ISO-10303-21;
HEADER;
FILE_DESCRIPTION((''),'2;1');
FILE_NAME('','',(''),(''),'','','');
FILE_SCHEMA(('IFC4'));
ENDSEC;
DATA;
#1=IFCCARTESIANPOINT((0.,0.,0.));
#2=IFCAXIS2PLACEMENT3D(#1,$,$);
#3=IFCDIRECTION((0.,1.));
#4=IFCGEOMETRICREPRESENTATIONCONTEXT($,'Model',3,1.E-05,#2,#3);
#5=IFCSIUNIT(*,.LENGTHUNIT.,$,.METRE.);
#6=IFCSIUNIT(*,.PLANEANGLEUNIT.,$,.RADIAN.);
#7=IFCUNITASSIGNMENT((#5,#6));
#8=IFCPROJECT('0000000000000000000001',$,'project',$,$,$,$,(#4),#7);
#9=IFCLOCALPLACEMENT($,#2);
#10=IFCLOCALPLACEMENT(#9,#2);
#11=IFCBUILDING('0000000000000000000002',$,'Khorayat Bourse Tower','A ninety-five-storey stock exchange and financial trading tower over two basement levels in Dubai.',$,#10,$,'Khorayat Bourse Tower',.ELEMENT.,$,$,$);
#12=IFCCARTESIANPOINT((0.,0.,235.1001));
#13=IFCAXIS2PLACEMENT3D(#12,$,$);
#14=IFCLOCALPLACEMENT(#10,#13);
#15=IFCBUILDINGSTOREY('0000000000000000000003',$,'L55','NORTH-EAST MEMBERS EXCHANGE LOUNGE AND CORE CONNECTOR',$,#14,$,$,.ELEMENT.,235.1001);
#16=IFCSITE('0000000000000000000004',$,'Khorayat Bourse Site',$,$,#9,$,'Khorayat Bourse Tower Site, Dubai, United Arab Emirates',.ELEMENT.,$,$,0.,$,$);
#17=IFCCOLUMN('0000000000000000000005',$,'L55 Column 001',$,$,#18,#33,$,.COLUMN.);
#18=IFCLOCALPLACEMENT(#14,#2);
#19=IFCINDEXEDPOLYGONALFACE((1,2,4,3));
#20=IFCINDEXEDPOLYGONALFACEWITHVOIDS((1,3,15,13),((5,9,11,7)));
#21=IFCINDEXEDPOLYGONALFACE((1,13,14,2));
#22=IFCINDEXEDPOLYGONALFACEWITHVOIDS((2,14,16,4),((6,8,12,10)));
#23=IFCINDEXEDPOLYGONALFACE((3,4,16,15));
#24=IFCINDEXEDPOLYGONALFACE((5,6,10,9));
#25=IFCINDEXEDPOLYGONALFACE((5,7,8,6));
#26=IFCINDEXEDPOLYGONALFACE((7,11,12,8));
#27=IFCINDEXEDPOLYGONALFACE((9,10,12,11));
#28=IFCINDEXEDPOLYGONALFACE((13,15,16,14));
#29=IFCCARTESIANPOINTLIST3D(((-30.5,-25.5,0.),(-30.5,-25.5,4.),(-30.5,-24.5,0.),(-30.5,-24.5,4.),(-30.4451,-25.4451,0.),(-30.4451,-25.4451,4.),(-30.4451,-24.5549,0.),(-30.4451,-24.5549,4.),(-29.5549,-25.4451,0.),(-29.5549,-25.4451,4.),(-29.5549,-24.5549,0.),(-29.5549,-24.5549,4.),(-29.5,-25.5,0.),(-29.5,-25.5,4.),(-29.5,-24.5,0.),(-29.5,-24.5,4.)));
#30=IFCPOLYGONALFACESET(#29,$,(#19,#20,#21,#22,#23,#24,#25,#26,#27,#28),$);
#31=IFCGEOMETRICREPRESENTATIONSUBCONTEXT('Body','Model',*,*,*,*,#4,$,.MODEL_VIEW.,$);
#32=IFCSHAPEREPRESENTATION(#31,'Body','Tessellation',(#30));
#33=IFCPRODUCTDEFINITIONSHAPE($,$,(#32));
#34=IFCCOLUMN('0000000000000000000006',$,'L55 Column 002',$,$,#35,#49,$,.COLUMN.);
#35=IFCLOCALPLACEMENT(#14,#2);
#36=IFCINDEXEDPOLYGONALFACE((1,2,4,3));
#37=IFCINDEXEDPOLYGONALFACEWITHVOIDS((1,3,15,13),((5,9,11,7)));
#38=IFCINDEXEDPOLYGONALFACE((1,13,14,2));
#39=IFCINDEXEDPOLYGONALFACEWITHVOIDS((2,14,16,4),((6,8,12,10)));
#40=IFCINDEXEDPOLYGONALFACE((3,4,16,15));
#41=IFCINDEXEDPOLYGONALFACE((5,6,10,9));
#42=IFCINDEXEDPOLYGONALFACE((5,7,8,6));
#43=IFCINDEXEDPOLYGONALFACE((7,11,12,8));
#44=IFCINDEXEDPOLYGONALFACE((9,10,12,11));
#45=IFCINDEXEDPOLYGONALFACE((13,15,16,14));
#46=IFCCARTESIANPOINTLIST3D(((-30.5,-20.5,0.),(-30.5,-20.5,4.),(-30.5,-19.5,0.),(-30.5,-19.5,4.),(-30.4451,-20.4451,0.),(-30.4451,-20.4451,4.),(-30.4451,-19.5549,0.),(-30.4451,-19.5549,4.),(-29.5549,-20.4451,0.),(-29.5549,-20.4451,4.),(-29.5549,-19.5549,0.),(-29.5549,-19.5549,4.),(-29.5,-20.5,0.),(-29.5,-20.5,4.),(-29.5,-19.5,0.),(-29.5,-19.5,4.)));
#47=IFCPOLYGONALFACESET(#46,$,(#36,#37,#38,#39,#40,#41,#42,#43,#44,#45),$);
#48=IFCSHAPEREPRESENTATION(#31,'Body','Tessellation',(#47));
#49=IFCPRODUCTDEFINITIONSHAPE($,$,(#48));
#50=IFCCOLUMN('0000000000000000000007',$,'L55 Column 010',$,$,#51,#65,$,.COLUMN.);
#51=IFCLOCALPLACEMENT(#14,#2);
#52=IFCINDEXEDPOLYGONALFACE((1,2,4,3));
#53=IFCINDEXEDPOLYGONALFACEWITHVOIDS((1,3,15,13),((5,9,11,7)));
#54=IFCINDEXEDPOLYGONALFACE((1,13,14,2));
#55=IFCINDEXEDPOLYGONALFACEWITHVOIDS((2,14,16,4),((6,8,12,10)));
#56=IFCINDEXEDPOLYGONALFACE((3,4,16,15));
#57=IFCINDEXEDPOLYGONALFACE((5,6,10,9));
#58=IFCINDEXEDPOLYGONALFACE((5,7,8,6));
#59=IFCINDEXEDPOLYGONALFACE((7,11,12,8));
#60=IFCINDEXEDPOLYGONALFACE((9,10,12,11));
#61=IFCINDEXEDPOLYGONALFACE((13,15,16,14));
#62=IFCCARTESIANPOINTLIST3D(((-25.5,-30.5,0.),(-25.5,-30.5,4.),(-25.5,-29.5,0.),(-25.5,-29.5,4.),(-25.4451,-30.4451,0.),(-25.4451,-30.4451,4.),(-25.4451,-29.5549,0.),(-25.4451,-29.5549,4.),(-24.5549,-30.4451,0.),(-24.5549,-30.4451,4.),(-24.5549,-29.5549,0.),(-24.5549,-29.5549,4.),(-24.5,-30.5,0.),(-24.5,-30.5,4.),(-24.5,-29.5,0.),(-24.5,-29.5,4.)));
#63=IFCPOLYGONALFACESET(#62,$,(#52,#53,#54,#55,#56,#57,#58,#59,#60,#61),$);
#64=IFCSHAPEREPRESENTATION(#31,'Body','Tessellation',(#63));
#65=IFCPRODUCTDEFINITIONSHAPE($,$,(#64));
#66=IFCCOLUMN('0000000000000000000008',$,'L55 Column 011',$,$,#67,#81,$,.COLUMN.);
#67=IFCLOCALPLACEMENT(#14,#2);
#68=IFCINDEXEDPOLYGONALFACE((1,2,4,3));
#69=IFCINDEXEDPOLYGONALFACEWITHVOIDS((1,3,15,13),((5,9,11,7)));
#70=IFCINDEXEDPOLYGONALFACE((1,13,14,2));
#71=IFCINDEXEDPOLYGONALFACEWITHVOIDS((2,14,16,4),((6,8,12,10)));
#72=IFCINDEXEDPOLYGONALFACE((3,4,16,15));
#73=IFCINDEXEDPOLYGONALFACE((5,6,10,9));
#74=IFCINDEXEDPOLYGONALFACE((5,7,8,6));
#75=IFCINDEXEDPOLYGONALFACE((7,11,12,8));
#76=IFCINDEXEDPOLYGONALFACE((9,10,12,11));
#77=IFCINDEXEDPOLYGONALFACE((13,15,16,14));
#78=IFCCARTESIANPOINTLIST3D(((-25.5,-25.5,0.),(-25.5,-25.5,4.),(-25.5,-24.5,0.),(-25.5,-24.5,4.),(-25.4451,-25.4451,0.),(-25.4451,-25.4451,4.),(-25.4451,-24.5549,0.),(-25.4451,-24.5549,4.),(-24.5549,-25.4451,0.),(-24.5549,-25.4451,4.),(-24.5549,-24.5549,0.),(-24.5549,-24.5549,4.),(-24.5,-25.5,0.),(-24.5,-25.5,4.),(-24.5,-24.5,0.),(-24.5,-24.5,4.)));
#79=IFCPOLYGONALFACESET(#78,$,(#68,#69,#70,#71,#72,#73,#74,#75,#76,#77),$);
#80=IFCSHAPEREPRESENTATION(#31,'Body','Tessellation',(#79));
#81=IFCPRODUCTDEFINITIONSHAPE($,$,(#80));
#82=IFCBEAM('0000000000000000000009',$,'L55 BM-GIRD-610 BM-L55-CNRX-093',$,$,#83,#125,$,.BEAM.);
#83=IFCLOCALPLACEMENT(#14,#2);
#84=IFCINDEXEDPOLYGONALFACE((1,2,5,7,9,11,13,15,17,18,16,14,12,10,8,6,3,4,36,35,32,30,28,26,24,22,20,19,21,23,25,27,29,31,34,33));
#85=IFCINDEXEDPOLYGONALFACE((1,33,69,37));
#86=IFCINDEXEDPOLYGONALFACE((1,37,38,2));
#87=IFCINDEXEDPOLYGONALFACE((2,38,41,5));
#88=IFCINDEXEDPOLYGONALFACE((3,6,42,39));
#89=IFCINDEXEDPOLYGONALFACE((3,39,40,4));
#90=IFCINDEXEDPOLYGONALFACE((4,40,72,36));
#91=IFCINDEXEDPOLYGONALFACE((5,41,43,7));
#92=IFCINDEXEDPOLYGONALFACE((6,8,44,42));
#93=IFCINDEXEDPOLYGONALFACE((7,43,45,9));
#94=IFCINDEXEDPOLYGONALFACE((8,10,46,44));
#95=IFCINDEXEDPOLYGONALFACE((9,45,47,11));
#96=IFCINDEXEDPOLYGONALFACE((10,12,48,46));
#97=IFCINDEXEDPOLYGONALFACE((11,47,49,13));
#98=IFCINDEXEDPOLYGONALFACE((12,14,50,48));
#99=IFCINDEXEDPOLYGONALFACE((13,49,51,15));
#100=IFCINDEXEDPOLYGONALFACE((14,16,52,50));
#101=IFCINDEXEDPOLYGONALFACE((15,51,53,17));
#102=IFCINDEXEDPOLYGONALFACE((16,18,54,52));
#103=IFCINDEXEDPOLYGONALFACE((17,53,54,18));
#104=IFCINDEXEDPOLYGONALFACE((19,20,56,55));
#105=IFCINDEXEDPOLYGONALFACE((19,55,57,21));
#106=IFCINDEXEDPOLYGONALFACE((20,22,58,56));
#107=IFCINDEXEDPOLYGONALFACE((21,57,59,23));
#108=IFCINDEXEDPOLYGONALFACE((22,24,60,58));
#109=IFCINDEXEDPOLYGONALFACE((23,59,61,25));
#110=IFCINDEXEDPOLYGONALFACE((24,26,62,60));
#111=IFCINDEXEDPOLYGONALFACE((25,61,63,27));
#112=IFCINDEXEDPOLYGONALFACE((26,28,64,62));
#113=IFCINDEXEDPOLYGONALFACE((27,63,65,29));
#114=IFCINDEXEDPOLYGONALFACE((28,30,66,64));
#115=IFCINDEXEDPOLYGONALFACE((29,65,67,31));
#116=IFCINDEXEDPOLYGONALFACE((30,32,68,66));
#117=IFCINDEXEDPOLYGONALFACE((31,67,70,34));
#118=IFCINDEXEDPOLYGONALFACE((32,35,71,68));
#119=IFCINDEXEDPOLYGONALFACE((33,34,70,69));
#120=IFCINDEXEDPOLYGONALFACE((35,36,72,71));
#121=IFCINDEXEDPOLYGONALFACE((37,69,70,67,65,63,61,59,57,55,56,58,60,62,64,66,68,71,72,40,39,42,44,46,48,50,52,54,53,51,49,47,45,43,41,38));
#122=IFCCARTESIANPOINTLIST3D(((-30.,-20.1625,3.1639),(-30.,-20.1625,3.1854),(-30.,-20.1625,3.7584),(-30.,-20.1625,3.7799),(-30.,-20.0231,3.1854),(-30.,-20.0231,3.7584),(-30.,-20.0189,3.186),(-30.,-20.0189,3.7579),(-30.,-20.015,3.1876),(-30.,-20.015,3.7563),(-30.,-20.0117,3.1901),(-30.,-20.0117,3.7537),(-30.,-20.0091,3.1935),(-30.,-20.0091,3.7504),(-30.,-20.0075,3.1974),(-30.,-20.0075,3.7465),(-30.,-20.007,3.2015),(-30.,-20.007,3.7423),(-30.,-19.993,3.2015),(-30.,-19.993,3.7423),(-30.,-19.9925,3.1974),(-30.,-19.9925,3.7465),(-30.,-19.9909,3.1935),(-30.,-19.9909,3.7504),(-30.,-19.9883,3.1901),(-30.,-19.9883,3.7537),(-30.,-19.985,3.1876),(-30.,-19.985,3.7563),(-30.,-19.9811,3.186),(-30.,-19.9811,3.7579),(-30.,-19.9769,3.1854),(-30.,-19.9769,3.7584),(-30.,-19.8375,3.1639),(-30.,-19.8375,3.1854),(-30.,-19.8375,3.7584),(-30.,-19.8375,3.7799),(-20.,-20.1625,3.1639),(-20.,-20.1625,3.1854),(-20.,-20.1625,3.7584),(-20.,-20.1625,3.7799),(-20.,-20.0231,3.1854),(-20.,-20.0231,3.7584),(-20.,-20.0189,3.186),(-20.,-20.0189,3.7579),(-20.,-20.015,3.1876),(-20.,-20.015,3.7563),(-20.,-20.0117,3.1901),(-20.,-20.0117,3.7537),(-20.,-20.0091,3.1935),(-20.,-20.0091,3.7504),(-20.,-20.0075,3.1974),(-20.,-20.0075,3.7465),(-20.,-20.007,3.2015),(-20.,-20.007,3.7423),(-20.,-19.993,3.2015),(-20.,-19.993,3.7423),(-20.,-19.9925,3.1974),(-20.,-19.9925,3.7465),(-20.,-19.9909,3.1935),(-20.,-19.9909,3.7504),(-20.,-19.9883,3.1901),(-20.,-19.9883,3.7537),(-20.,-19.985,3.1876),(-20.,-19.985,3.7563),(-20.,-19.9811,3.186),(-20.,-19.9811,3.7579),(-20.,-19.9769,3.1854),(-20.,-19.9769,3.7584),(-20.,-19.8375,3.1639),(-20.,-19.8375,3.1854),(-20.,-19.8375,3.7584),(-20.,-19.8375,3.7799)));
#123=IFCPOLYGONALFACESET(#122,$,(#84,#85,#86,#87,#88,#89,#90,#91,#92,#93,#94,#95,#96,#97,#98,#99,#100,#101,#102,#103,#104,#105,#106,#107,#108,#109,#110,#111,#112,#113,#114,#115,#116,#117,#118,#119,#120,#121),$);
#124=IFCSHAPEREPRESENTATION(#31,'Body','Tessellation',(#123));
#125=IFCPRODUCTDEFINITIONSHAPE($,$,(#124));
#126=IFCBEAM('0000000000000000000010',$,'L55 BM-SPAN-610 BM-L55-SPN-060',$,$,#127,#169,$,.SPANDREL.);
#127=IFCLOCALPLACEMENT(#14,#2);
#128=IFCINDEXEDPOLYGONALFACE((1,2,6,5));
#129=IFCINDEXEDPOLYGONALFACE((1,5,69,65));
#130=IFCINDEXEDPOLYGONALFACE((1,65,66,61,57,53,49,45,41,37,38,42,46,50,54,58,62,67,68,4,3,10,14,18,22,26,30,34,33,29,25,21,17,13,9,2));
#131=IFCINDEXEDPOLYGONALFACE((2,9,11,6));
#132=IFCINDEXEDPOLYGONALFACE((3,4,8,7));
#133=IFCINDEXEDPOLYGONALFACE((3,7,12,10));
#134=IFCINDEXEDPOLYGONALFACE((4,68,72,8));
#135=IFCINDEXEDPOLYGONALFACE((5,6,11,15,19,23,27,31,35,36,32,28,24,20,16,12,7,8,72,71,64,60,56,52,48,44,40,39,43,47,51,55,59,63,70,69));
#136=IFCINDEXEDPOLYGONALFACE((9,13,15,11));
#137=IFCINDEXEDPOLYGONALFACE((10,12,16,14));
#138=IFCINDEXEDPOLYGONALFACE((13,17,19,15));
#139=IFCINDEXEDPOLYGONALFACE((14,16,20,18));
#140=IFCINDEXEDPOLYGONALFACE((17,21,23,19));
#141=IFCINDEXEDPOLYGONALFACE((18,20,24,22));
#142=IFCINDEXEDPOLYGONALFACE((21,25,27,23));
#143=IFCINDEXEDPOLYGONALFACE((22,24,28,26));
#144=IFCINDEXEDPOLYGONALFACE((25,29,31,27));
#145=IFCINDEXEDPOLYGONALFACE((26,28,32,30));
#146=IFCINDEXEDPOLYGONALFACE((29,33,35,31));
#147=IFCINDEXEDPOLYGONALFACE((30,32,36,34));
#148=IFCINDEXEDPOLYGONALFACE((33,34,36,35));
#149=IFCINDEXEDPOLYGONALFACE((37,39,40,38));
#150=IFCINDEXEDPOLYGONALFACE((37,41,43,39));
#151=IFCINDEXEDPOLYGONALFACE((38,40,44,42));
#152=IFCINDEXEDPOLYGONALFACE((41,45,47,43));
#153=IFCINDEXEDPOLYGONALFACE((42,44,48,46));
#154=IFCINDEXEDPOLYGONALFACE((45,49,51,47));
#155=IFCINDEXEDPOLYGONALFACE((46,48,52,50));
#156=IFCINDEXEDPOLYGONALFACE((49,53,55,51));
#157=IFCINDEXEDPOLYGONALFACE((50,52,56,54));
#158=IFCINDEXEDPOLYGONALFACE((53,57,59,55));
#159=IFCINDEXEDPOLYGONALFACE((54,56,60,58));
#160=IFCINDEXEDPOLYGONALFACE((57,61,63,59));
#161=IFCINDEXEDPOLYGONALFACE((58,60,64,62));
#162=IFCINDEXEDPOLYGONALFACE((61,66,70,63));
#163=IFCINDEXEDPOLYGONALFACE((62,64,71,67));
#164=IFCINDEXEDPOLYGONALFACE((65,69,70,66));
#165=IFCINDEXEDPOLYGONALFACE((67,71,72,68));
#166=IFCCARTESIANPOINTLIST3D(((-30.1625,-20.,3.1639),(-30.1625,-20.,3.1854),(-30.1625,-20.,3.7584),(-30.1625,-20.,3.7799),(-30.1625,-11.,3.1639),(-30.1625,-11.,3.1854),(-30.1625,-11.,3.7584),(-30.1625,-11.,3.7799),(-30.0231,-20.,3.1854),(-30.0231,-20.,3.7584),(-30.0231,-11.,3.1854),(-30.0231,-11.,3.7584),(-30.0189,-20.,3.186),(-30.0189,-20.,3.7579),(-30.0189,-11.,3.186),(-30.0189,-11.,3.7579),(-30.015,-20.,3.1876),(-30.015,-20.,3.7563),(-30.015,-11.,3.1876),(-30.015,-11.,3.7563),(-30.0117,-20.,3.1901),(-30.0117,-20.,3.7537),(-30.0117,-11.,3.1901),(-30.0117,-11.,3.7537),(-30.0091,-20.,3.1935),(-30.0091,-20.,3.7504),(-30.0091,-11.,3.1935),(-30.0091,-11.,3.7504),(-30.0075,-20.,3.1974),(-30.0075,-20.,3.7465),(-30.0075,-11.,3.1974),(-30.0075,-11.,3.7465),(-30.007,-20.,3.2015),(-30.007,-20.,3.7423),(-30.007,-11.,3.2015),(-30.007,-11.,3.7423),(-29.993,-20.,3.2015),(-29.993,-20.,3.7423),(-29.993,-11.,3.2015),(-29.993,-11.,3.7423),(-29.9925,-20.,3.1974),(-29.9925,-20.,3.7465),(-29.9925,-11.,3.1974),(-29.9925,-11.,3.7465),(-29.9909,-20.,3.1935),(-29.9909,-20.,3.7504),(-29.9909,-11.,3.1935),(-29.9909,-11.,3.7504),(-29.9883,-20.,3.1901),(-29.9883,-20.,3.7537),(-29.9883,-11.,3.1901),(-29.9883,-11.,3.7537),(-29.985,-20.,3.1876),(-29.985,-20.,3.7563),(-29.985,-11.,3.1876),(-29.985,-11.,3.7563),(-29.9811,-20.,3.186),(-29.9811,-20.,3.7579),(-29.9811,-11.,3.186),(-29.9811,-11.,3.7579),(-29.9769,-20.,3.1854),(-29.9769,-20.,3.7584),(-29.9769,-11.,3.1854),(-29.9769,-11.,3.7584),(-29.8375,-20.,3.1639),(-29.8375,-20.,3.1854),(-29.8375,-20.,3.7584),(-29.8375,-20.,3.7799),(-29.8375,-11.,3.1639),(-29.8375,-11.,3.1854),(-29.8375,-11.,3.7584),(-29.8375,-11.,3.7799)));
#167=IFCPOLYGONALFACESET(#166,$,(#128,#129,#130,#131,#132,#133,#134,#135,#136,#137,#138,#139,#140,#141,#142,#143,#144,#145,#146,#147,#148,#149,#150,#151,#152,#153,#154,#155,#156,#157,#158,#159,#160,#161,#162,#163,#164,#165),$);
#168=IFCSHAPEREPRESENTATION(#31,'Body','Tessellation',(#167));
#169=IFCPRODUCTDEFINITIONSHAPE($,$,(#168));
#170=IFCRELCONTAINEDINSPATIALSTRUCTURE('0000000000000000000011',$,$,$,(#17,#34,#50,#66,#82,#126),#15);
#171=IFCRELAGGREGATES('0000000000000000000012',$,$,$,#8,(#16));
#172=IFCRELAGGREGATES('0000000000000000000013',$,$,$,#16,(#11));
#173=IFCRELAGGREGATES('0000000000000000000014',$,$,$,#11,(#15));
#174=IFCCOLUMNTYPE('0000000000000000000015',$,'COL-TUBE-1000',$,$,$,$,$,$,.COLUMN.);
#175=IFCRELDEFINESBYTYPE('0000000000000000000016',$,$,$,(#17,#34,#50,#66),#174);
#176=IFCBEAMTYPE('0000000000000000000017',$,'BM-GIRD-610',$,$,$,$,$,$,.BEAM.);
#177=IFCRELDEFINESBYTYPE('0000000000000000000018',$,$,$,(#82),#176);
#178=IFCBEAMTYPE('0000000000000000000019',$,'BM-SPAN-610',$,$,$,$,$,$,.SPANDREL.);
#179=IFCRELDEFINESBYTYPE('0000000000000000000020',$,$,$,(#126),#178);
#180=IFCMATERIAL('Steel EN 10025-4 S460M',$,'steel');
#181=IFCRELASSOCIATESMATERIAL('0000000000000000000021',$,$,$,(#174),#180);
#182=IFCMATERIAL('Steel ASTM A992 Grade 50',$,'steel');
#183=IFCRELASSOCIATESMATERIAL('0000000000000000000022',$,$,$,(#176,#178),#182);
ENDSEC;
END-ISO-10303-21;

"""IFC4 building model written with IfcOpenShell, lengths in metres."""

from ifc_helpers import new_model, si_unit, direction, frame, origin, origin_2d, place, context, subcontext, project, spatial, hollow_rectangle, i_section, extrude, source, transform, mapped, material, material_profile, profile_set, type_object, element, save


model = new_model("IFC4")

# Units and contexts
model_context = context("Model", 3, precision=1e-05, world=origin(), true_north=direction((0.0, 1.0)))
body_context = subcontext(model_context, "Body", "Model", "MODEL_VIEW")
ifc_project = project(units=[si_unit("LENGTHUNIT", "METRE"), si_unit("PLANEANGLEUNIT", "RADIAN")], contexts=[model_context])

# Site, building, storey
site_placement = place(None, origin())
site = spatial("IfcSite", under=ifc_project, at=site_placement, Name="Khorayat Bourse Site", LongName="Khorayat Bourse Tower Site, Dubai, United Arab Emirates", CompositionType="ELEMENT", RefElevation=0.0)
building_placement = place(site_placement, origin())
building = spatial("IfcBuilding", under=site, at=building_placement, Name="Khorayat Bourse Tower", Description="A ninety-five-storey stock exchange and financial trading tower over two basement levels in Dubai.", LongName="Khorayat Bourse Tower", CompositionType="ELEMENT")
storey_placement = place(building_placement, frame((0.0, 0.0, 235.1001)))
storey = spatial("IfcBuildingStorey", under=building, at=storey_placement, Name="L55", Description="NORTH-EAST MEMBERS EXCHANGE LOUNGE AND CORE CONNECTOR", CompositionType="ELEMENT", Elevation=235.1001)

# Columns
ifc_material_1 = material(Name="Steel EN 10025-4 S460M", Category="steel")
ifc_material_profile_1 = material_profile(ifc_material_1, hollow_rectangle(XDim=1.0, YDim=1.0, WallThickness=0.0549, at=origin_2d()), Name="BOX 1000x1000x55")
ifc_profile_set_1 = profile_set([ifc_material_profile_1], Name="Steel EN 10025-4 S460M")
column_type = type_object("IfcColumnType", Name="COL-TUBE-1000", PredefinedType="COLUMN", material=ifc_profile_set_1)
shared_shape_1 = source(origin(), body_context, "Body", "SweptSolid", [
    extrude(hollow_rectangle(XDim=1.0, YDim=1.0, WallThickness=0.0549, at=origin_2d()), origin(), (0.0, 0.0, 1.0), 4.0),
])
for number, where, z_axis, x_axis, name in (
    (1, (-30.0, -25.0, 0.0), (0.0, 0.0, 1.0), (1.0, 0.0, 0.0), "L55 Column 001"),
    (2, (-30.0, -20.0, 0.0), (0.0, 0.0, 1.0), (1.0, 0.0, 0.0), "L55 Column 002"),
    (3, (-25.0, -30.0, 0.0), (0.0, 0.0, 1.0), (1.0, 0.0, 0.0), "L55 Column 010"),
    (4, (-25.0, -25.0, 0.0), (0.0, 0.0, 1.0), (1.0, 0.0, 0.0), "L55 Column 011"),
):
    element("IfcColumn", number, at=place(storey_placement, frame(where, z_axis=z_axis, x_axis=x_axis)), inside=storey, type_object=column_type, Name=name, PredefinedType="COLUMN", context=body_context, shape_type="MappedRepresentation", body=[
        mapped(shared_shape_1, transform((0.0, 0.0, 0.0), scale=1.0)),
    ])

# Beams
ifc_material_2 = material(Name="Steel ASTM A992 Grade 50", Category="steel")
ifc_material_profile_2 = material_profile(ifc_material_2, i_section(OverallWidth=0.325, OverallDepth=0.616, WebThickness=0.0139, FlangeThickness=0.0215, FilletRadius=0.0161, at=origin_2d()), Name="W610X174")
ifc_profile_set_2 = profile_set([ifc_material_profile_2], Name="Steel ASTM A992 Grade 50")
beam_type_1 = type_object("IfcBeamType", Name="BM-GIRD-610", PredefinedType="BEAM", material=ifc_profile_set_2)
shared_shape_2 = source(origin(), body_context, "Body", "SweptSolid", [
    extrude(i_section(OverallWidth=0.325, OverallDepth=0.616, WebThickness=0.0139, FlangeThickness=0.0215, FilletRadius=0.0161, at=origin_2d()), origin(), (0.0, 0.0, 1.0), 10.0),
])
beam_1_placement = place(storey_placement, frame((-30.0, -20.0, 3.4719), z_axis=(1.0, 0.0, 0.0), x_axis=(0.0, 1.0, 0.0)))
element("IfcBeam", 5, at=beam_1_placement, inside=storey, type_object=beam_type_1, Name="L55 BM-GIRD-610 BM-L55-CNRX-093", PredefinedType="BEAM", context=body_context, shape_type="MappedRepresentation", body=[
    mapped(shared_shape_2, transform((0.0, 0.0, 0.0), scale=1.0)),
])
ifc_material_profile_3 = material_profile(ifc_material_2, i_section(OverallWidth=0.325, OverallDepth=0.616, WebThickness=0.0139, FlangeThickness=0.0215, FilletRadius=0.0161, at=origin_2d()), Name="W610X174")
ifc_profile_set_3 = profile_set([ifc_material_profile_3], Name="Steel ASTM A992 Grade 50")
beam_type_2 = type_object("IfcBeamType", Name="BM-SPAN-610", PredefinedType="SPANDREL", material=ifc_profile_set_3)
shared_shape_3 = source(origin(), body_context, "Body", "SweptSolid", [
    extrude(i_section(OverallWidth=0.325, OverallDepth=0.616, WebThickness=0.0139, FlangeThickness=0.0215, FilletRadius=0.0161, at=origin_2d()), origin(), (0.0, 0.0, 1.0), 9.0),
])
beam_2_placement = place(storey_placement, frame((-30.0, -20.0, 3.4719), z_axis=(0.0, 1.0, 0.0), x_axis=(-1.0, 0.0, 0.0)))
element("IfcBeam", 6, at=beam_2_placement, inside=storey, type_object=beam_type_2, Name="L55 BM-SPAN-610 BM-L55-SPN-060", PredefinedType="SPANDREL", context=body_context, shape_type="MappedRepresentation", body=[
    mapped(shared_shape_3, transform((0.0, 0.0, 0.0), scale=1.0)),
])

save(model, "model.ifc")
